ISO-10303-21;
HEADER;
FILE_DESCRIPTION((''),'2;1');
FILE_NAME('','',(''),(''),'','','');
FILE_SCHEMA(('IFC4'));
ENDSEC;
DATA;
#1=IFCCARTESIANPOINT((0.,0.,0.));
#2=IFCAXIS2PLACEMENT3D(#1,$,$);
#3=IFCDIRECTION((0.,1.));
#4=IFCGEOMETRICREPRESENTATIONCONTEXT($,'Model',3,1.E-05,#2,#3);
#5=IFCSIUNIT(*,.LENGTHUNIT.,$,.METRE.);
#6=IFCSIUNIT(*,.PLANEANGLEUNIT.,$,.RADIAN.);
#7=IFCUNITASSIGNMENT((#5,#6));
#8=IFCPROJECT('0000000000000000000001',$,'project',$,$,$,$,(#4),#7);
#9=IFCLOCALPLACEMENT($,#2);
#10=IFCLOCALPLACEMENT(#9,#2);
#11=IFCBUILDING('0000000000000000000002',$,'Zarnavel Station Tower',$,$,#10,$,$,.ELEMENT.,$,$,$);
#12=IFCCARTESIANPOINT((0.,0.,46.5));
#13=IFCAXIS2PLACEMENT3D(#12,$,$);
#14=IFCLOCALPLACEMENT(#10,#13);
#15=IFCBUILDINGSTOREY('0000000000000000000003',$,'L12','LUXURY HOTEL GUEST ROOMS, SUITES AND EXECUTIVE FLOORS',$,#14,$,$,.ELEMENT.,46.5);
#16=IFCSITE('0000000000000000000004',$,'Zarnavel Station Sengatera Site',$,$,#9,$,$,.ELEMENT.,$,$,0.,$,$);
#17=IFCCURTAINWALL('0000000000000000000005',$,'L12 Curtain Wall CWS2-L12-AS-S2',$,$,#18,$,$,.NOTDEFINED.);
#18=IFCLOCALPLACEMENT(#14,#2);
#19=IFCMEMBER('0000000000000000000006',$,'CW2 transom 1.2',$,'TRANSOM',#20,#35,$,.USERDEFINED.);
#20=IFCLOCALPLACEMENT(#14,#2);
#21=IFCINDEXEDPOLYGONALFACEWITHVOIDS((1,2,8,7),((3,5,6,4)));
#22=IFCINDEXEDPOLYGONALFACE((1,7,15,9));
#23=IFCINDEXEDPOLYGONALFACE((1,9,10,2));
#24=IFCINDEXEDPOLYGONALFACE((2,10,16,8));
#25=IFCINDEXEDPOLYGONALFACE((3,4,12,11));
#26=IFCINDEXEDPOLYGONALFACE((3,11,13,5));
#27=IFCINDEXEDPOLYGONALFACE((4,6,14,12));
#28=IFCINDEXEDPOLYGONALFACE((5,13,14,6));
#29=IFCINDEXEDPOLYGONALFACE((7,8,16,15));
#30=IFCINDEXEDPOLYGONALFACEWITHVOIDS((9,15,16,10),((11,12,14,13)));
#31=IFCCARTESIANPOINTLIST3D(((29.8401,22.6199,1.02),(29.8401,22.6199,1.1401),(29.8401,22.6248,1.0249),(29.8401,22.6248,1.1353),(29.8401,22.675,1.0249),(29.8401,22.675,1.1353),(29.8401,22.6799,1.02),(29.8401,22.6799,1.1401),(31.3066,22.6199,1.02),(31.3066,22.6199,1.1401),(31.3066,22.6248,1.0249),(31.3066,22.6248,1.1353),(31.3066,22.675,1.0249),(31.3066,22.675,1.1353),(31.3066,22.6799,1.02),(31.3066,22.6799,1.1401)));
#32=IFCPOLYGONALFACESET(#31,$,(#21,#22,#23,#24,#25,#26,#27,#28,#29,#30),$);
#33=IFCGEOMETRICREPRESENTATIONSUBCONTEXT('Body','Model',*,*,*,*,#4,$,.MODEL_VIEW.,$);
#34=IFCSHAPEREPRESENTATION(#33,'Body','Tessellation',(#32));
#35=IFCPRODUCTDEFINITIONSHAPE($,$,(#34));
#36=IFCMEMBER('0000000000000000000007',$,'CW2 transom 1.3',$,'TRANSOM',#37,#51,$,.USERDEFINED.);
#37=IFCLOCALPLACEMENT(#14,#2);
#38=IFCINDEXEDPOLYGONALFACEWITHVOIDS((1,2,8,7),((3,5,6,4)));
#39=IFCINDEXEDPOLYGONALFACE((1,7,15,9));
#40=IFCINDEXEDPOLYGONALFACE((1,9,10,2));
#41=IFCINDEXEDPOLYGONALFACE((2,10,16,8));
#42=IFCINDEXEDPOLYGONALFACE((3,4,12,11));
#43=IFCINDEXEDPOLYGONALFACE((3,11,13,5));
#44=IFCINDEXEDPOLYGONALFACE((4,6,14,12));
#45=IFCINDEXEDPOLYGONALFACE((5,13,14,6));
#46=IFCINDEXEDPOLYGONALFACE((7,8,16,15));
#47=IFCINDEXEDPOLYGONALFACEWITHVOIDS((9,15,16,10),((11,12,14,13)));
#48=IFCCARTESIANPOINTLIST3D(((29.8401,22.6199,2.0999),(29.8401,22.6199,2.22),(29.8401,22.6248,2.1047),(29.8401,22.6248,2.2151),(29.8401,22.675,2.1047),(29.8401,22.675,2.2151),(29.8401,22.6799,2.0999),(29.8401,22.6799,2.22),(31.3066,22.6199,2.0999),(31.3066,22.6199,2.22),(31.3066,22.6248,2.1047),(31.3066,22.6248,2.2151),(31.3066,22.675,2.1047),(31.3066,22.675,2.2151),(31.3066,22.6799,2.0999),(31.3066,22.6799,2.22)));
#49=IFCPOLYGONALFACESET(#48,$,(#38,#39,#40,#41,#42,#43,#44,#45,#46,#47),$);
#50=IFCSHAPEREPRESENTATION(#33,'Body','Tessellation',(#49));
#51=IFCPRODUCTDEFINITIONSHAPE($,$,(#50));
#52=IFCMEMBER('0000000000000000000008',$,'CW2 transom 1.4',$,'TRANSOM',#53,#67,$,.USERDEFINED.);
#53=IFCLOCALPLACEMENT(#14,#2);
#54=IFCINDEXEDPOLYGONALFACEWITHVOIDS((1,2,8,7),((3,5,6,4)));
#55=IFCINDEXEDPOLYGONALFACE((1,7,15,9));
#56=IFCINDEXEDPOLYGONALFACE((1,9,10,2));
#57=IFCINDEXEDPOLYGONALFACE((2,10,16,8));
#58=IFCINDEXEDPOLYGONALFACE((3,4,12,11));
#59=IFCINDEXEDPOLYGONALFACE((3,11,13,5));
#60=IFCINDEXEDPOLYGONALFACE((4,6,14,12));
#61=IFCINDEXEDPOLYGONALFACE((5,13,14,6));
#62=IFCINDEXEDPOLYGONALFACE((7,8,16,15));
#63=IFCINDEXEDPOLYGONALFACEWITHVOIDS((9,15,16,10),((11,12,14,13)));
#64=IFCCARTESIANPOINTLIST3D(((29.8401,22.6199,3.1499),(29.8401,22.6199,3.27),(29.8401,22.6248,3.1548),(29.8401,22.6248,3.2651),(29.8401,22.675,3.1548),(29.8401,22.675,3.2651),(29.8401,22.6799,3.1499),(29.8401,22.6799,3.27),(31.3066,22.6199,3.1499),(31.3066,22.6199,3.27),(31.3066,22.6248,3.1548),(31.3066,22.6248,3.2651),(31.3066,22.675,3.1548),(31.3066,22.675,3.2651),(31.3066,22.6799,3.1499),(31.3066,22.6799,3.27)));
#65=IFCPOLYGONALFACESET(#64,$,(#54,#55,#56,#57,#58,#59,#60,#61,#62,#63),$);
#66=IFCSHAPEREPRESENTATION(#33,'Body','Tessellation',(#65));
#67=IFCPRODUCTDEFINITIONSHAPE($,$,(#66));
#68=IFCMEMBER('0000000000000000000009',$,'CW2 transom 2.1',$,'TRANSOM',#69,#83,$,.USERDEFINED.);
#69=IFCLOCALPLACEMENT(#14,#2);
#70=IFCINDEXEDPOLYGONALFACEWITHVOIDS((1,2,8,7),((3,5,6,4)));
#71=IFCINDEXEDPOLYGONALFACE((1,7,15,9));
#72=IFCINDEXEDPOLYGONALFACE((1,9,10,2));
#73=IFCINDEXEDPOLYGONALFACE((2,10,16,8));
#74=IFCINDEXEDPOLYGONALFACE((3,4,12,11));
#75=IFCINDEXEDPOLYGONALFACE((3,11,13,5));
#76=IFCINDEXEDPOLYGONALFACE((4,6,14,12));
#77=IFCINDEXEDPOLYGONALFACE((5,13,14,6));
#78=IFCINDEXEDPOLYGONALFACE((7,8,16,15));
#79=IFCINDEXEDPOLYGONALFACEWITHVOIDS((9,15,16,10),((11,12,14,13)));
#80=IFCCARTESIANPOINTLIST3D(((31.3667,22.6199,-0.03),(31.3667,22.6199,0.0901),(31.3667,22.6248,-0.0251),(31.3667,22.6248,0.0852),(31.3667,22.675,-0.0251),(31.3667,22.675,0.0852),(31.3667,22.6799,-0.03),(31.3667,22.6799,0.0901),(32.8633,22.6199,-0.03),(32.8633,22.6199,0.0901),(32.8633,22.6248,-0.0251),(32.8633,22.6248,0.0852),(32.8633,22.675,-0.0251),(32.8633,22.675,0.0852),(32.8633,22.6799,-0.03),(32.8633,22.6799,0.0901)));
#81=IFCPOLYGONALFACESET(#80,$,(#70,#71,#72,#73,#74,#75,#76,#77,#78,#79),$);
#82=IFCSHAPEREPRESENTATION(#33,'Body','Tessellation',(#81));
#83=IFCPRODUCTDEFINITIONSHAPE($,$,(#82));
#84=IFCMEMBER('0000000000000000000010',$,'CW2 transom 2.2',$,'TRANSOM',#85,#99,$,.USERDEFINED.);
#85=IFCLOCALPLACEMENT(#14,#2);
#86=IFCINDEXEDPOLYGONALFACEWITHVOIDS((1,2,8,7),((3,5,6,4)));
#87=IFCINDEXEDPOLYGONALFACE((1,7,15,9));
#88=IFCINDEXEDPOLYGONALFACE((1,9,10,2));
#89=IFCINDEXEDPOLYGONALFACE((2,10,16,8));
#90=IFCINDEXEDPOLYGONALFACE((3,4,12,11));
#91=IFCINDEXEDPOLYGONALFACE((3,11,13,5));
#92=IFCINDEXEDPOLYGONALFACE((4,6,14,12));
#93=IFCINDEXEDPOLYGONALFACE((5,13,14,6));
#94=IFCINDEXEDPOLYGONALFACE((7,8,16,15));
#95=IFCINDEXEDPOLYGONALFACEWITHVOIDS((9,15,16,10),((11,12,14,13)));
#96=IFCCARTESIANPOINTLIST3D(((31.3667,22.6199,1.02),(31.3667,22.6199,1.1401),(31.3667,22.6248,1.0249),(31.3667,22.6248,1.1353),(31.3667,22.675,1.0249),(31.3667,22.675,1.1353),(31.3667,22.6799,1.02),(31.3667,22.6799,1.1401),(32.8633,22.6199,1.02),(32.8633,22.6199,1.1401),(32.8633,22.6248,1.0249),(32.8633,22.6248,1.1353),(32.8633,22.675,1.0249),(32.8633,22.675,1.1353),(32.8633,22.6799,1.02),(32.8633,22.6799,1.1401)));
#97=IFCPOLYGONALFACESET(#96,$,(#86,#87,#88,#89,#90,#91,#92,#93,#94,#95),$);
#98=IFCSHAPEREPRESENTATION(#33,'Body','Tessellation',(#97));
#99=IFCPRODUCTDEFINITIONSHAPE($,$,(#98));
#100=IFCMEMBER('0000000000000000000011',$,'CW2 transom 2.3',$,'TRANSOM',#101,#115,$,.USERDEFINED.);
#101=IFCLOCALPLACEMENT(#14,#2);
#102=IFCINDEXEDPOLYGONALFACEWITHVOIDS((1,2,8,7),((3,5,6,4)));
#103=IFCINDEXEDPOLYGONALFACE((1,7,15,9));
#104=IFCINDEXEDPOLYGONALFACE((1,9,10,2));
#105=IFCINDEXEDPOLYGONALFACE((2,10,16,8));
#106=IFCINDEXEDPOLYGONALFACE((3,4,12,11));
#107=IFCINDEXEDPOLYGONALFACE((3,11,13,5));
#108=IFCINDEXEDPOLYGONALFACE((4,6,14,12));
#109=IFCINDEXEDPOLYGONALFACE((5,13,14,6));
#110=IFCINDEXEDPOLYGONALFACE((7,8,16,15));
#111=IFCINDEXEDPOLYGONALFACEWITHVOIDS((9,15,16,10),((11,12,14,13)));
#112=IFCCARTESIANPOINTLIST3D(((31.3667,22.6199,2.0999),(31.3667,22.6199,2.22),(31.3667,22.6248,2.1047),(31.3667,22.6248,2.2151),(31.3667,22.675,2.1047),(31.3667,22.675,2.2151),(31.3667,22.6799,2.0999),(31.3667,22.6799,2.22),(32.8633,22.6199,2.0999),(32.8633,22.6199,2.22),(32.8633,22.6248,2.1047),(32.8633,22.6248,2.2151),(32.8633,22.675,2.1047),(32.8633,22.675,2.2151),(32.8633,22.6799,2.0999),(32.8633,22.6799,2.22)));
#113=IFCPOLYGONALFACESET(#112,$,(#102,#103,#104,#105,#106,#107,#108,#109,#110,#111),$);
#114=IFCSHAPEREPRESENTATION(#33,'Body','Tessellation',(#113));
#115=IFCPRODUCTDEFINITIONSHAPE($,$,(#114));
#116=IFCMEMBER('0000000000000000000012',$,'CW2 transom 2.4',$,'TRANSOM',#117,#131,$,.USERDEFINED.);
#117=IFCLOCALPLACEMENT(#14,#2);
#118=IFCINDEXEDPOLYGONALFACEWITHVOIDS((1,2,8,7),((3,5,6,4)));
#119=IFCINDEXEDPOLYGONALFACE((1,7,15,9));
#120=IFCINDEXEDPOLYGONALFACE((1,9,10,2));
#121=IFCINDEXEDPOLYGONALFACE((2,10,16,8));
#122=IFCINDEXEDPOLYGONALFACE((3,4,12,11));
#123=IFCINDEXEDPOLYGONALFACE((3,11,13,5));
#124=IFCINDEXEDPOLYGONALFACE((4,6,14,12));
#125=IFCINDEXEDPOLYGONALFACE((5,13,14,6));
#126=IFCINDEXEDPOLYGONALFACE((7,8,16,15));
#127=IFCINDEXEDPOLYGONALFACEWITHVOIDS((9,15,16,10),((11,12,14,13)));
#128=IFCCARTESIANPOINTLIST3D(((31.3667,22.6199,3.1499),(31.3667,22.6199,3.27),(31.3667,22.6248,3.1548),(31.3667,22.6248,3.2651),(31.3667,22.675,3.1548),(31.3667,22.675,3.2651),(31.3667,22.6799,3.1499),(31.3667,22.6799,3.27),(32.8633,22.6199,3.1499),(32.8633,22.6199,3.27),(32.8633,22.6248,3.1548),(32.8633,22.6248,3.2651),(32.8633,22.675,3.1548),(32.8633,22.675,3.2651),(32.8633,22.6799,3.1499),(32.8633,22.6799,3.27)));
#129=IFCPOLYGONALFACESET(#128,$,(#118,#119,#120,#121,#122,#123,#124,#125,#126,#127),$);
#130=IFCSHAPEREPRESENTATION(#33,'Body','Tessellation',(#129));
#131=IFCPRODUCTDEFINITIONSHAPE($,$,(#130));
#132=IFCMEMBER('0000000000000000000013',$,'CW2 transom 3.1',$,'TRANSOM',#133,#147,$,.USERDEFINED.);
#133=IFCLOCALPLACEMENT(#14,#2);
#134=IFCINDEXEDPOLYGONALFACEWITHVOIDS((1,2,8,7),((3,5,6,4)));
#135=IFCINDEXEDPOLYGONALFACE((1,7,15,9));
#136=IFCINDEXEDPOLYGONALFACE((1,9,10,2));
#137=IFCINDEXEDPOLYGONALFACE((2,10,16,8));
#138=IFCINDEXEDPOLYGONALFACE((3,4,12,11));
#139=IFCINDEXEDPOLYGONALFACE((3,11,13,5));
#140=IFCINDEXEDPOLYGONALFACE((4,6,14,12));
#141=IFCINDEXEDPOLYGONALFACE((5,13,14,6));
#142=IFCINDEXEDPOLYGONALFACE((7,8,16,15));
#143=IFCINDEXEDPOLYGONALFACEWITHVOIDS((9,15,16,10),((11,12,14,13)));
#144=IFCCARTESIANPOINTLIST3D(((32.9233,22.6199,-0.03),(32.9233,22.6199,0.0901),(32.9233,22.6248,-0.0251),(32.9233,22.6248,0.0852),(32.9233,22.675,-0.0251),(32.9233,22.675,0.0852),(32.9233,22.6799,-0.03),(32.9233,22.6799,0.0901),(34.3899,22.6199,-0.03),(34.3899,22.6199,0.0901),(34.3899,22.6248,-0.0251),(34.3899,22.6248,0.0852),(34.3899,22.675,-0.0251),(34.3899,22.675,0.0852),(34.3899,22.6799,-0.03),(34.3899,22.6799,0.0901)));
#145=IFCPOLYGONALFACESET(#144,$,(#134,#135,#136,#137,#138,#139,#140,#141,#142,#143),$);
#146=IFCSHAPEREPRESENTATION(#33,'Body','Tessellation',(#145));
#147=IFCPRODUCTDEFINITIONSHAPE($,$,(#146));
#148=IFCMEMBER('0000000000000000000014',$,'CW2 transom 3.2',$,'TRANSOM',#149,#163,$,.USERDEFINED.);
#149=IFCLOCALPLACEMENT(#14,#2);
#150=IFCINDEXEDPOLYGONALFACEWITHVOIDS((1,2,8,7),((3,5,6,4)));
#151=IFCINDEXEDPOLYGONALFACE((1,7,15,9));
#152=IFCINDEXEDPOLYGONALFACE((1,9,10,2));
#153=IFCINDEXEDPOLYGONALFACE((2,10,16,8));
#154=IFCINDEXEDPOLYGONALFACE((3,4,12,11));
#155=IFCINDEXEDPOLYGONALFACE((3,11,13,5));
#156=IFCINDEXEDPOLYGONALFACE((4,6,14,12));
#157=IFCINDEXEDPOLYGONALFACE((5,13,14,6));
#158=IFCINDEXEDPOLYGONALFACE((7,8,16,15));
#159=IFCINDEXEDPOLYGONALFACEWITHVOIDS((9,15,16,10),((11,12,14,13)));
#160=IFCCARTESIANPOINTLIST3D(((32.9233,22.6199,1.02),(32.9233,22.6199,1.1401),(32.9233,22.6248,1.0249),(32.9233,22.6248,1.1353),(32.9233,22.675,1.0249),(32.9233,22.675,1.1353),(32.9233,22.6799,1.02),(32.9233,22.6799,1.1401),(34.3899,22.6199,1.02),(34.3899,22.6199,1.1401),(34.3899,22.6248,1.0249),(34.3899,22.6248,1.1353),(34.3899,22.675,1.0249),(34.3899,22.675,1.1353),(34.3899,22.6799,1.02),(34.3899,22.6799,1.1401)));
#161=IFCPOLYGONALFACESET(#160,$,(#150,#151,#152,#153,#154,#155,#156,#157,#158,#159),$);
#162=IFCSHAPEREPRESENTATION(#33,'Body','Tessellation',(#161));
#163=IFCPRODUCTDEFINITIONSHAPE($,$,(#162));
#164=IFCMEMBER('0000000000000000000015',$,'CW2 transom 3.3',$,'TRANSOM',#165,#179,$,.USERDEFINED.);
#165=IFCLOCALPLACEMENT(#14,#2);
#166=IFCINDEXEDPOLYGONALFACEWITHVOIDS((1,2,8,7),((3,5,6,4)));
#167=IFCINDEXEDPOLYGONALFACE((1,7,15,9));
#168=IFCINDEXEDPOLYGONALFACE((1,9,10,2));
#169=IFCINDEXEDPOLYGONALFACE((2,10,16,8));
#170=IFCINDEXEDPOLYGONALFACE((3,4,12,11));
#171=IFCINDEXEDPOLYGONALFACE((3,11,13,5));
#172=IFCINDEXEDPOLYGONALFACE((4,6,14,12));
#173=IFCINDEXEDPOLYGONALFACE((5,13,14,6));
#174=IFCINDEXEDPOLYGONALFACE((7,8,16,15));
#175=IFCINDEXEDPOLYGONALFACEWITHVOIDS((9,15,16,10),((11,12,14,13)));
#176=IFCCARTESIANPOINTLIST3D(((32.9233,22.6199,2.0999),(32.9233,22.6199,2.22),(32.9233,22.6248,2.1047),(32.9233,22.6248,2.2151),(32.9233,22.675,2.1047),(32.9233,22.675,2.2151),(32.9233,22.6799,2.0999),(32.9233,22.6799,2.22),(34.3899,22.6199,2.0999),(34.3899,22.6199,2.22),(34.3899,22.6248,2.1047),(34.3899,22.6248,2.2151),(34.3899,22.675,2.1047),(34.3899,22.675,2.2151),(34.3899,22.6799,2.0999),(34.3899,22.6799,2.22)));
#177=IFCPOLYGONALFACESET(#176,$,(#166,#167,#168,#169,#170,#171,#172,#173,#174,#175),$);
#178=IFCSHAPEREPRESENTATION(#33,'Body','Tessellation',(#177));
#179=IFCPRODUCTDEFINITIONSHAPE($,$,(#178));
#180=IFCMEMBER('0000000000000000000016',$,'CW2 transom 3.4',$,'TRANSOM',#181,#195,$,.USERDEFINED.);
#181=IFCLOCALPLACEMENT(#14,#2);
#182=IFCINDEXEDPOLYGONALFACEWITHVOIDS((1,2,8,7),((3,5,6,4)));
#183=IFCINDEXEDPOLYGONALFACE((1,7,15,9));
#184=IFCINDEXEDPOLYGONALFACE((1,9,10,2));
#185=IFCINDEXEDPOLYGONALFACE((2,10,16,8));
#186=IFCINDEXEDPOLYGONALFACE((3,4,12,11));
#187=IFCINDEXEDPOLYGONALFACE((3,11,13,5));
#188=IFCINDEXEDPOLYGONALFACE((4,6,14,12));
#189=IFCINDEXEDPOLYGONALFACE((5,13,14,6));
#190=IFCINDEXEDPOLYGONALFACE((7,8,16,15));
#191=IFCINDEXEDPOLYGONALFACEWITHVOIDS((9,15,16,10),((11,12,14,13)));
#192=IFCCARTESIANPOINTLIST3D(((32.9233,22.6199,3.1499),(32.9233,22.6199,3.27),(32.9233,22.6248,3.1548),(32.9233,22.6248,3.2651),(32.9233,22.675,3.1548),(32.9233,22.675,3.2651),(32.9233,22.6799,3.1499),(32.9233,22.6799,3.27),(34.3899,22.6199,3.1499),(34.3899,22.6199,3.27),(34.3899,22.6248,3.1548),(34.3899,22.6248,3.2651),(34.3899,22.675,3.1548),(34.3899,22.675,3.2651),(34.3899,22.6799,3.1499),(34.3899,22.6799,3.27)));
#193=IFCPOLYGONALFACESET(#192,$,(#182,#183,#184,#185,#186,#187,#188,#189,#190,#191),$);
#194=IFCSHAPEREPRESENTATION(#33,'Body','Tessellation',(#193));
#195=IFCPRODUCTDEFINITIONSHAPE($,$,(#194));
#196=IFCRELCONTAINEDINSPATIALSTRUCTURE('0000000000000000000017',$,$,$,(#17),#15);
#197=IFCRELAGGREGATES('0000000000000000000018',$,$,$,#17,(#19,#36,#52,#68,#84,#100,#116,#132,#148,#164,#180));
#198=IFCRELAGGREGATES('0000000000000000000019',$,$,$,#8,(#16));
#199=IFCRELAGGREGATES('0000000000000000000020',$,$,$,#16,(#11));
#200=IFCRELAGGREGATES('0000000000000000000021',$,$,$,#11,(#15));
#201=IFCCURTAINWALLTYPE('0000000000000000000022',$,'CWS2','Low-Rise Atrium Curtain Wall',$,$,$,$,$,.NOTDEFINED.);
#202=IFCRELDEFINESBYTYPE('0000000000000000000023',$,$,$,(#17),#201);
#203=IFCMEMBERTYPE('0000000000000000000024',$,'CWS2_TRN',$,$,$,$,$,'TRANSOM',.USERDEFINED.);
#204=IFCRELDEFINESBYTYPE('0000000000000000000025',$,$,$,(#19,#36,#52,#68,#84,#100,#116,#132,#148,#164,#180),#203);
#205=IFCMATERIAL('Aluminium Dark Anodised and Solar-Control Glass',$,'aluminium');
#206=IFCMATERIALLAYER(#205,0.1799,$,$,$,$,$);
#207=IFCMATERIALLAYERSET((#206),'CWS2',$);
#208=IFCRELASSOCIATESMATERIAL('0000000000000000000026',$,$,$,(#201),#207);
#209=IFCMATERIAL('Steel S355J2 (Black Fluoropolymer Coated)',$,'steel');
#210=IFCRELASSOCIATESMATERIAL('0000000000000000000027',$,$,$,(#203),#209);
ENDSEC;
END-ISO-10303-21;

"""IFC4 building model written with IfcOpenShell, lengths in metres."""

from ifc_helpers import new_model, si_unit, direction, frame, origin, origin_2d, place, context, subcontext, project, spatial, hollow_rectangle, extrude, material, layer, layer_set, material_profile, profile_set, type_object, element, aggregate, save


model = new_model("IFC4")

# Units and contexts
model_context = context("Model", 3, precision=1e-05, world=origin(), true_north=direction((0.0, 1.0)))
body_context = subcontext(model_context, "Body", "Model", "MODEL_VIEW")
ifc_project = project(units=[si_unit("LENGTHUNIT", "METRE"), si_unit("PLANEANGLEUNIT", "RADIAN")], contexts=[model_context])

# Site, building, storey
site_placement = place(None, origin())
site = spatial("IfcSite", under=ifc_project, at=site_placement, Name="Zarnavel Station Sengatera Site", CompositionType="ELEMENT", RefElevation=0.0)
building_placement = place(site_placement, origin())
building = spatial("IfcBuilding", under=site, at=building_placement, Name="Zarnavel Station Tower", CompositionType="ELEMENT")
storey_placement = place(building_placement, frame((0.0, 0.0, 46.5)))
storey = spatial("IfcBuildingStorey", under=building, at=storey_placement, Name="L12", Description="LUXURY HOTEL GUEST ROOMS, SUITES AND EXECUTIVE FLOORS", CompositionType="ELEMENT", Elevation=46.5)

# Shared definitions
ifc_material_1 = material(Name="Aluminium Dark Anodised and Solar-Control Glass", Category="aluminium")
ifc_layer_1 = layer(ifc_material_1, 0.1799)
ifc_layer_set_1 = layer_set([ifc_layer_1], Name="CWS2")
curtain_wall_type = type_object("IfcCurtainWallType", Name="CWS2", Description="Low-Rise Atrium Curtain Wall", PredefinedType="NOTDEFINED", material=ifc_layer_set_1)

# Curtain wall, members
curtain_wall_1_placement = place(storey_placement, origin())
curtain_wall_1 = element("IfcCurtainWall", 1, at=curtain_wall_1_placement, inside=storey, type_object=curtain_wall_type, Name="L12 Curtain Wall CWS2-L12-AS-S2", PredefinedType="NOTDEFINED")
ifc_material_2 = material(Name="Steel S355J2 (Black Fluoropolymer Coated)", Category="steel")
ifc_material_profile_1 = material_profile(ifc_material_2, hollow_rectangle(XDim=0.0601, YDim=0.1201, WallThickness=0.0049, at=origin_2d()), Name="RHS120x60x5")
ifc_profile_set_1 = profile_set([ifc_material_profile_1], Name="Steel S355J2 (Black Fluoropolymer Coated)")
member_type_1 = type_object("IfcMemberType", Name="CWS2_TRN", ElementType="TRANSOM", PredefinedType="USERDEFINED", material=ifc_profile_set_1)
member_1_placement = place(storey_placement, frame((29.8401, 22.6499, 1.0801), z_axis=(1.0, 0.0, 0.0), x_axis=(0.0, 1.0, 0.0)))
member_1 = element("IfcMember", 2, at=member_1_placement, type_object=member_type_1, Name="CW2 transom 1.2", ObjectType="TRANSOM", PredefinedType="USERDEFINED", context=body_context, shape_type="SweptSolid", body=[
    extrude(hollow_rectangle(XDim=0.0601, YDim=0.1201, WallThickness=0.0049, at=origin_2d()), origin(), (0.0, 0.0, 1.0), 1.4666),
])
member_2_placement = place(storey_placement, frame((29.8401, 22.6499, 2.1599), z_axis=(1.0, 0.0, 0.0), x_axis=(0.0, 1.0, 0.0)))
member_2 = element("IfcMember", 3, at=member_2_placement, type_object=member_type_1, Name="CW2 transom 1.3", ObjectType="TRANSOM", PredefinedType="USERDEFINED", context=body_context, shape_type="SweptSolid", body=[
    extrude(hollow_rectangle(XDim=0.0601, YDim=0.1201, WallThickness=0.0049, at=origin_2d()), origin(), (0.0, 0.0, 1.0), 1.4666),
])
member_3_placement = place(storey_placement, frame((29.8401, 22.6499, 3.21), z_axis=(1.0, 0.0, 0.0), x_axis=(0.0, 1.0, 0.0)))
member_3 = element("IfcMember", 4, at=member_3_placement, type_object=member_type_1, Name="CW2 transom 1.4", ObjectType="TRANSOM", PredefinedType="USERDEFINED", context=body_context, shape_type="SweptSolid", body=[
    extrude(hollow_rectangle(XDim=0.0601, YDim=0.1201, WallThickness=0.0049, at=origin_2d()), origin(), (0.0, 0.0, 1.0), 1.4666),
])
member_4_placement = place(storey_placement, frame((31.3667, 22.6499, 0.03), z_axis=(1.0, 0.0, 0.0), x_axis=(0.0, 1.0, 0.0)))
member_4 = element("IfcMember", 5, at=member_4_placement, type_object=member_type_1, Name="CW2 transom 2.1", ObjectType="TRANSOM", PredefinedType="USERDEFINED", context=body_context, shape_type="SweptSolid", body=[
    extrude(hollow_rectangle(XDim=0.0601, YDim=0.1201, WallThickness=0.0049, at=origin_2d()), origin(), (0.0, 0.0, 1.0), 1.4966),
])
member_5_placement = place(storey_placement, frame((31.3667, 22.6499, 1.0801), z_axis=(1.0, 0.0, 0.0), x_axis=(0.0, 1.0, 0.0)))
member_5 = element("IfcMember", 6, at=member_5_placement, type_object=member_type_1, Name="CW2 transom 2.2", ObjectType="TRANSOM", PredefinedType="USERDEFINED", context=body_context, shape_type="SweptSolid", body=[
    extrude(hollow_rectangle(XDim=0.0601, YDim=0.1201, WallThickness=0.0049, at=origin_2d()), origin(), (0.0, 0.0, 1.0), 1.4966),
])
member_6_placement = place(storey_placement, frame((31.3667, 22.6499, 2.1599), z_axis=(1.0, 0.0, 0.0), x_axis=(0.0, 1.0, 0.0)))
member_6 = element("IfcMember", 7, at=member_6_placement, type_object=member_type_1, Name="CW2 transom 2.3", ObjectType="TRANSOM", PredefinedType="USERDEFINED", context=body_context, shape_type="SweptSolid", body=[
    extrude(hollow_rectangle(XDim=0.0601, YDim=0.1201, WallThickness=0.0049, at=origin_2d()), origin(), (0.0, 0.0, 1.0), 1.4966),
])
member_7_placement = place(storey_placement, frame((31.3667, 22.6499, 3.21), z_axis=(1.0, 0.0, 0.0), x_axis=(0.0, 1.0, 0.0)))
member_7 = element("IfcMember", 8, at=member_7_placement, type_object=member_type_1, Name="CW2 transom 2.4", ObjectType="TRANSOM", PredefinedType="USERDEFINED", context=body_context, shape_type="SweptSolid", body=[
    extrude(hollow_rectangle(XDim=0.0601, YDim=0.1201, WallThickness=0.0049, at=origin_2d()), origin(), (0.0, 0.0, 1.0), 1.4966),
])
member_8_placement = place(storey_placement, frame((32.9233, 22.6499, 0.03), z_axis=(1.0, 0.0, 0.0), x_axis=(0.0, 1.0, 0.0)))
member_8 = element("IfcMember", 9, at=member_8_placement, type_object=member_type_1, Name="CW2 transom 3.1", ObjectType="TRANSOM", PredefinedType="USERDEFINED", context=body_context, shape_type="SweptSolid", body=[
    extrude(hollow_rectangle(XDim=0.0601, YDim=0.1201, WallThickness=0.0049, at=origin_2d()), origin(), (0.0, 0.0, 1.0), 1.4666),
])
member_9_placement = place(storey_placement, frame((32.9233, 22.6499, 1.0801), z_axis=(1.0, 0.0, 0.0), x_axis=(0.0, 1.0, 0.0)))
member_9 = element("IfcMember", 10, at=member_9_placement, type_object=member_type_1, Name="CW2 transom 3.2", ObjectType="TRANSOM", PredefinedType="USERDEFINED", context=body_context, shape_type="SweptSolid", body=[
    extrude(hollow_rectangle(XDim=0.0601, YDim=0.1201, WallThickness=0.0049, at=origin_2d()), origin(), (0.0, 0.0, 1.0), 1.4666),
])
member_10_placement = place(storey_placement, frame((32.9233, 22.6499, 2.1599), z_axis=(1.0, 0.0, 0.0), x_axis=(0.0, 1.0, 0.0)))
member_10 = element("IfcMember", 11, at=member_10_placement, type_object=member_type_1, Name="CW2 transom 3.3", ObjectType="TRANSOM", PredefinedType="USERDEFINED", context=body_context, shape_type="SweptSolid", body=[
    extrude(hollow_rectangle(XDim=0.0601, YDim=0.1201, WallThickness=0.0049, at=origin_2d()), origin(), (0.0, 0.0, 1.0), 1.4666),
])
member_11_placement = place(storey_placement, frame((32.9233, 22.6499, 3.21), z_axis=(1.0, 0.0, 0.0), x_axis=(0.0, 1.0, 0.0)))
member_11 = element("IfcMember", 12, at=member_11_placement, type_object=member_type_1, Name="CW2 transom 3.4", ObjectType="TRANSOM", PredefinedType="USERDEFINED", context=body_context, shape_type="SweptSolid", body=[
    extrude(hollow_rectangle(XDim=0.0601, YDim=0.1201, WallThickness=0.0049, at=origin_2d()), origin(), (0.0, 0.0, 1.0), 1.4666),
])

aggregate(curtain_wall_1, [member_1, member_2, member_3, member_4, member_5, member_6, member_7, member_8, member_9, member_10, member_11])

save(model, "model.ifc")
